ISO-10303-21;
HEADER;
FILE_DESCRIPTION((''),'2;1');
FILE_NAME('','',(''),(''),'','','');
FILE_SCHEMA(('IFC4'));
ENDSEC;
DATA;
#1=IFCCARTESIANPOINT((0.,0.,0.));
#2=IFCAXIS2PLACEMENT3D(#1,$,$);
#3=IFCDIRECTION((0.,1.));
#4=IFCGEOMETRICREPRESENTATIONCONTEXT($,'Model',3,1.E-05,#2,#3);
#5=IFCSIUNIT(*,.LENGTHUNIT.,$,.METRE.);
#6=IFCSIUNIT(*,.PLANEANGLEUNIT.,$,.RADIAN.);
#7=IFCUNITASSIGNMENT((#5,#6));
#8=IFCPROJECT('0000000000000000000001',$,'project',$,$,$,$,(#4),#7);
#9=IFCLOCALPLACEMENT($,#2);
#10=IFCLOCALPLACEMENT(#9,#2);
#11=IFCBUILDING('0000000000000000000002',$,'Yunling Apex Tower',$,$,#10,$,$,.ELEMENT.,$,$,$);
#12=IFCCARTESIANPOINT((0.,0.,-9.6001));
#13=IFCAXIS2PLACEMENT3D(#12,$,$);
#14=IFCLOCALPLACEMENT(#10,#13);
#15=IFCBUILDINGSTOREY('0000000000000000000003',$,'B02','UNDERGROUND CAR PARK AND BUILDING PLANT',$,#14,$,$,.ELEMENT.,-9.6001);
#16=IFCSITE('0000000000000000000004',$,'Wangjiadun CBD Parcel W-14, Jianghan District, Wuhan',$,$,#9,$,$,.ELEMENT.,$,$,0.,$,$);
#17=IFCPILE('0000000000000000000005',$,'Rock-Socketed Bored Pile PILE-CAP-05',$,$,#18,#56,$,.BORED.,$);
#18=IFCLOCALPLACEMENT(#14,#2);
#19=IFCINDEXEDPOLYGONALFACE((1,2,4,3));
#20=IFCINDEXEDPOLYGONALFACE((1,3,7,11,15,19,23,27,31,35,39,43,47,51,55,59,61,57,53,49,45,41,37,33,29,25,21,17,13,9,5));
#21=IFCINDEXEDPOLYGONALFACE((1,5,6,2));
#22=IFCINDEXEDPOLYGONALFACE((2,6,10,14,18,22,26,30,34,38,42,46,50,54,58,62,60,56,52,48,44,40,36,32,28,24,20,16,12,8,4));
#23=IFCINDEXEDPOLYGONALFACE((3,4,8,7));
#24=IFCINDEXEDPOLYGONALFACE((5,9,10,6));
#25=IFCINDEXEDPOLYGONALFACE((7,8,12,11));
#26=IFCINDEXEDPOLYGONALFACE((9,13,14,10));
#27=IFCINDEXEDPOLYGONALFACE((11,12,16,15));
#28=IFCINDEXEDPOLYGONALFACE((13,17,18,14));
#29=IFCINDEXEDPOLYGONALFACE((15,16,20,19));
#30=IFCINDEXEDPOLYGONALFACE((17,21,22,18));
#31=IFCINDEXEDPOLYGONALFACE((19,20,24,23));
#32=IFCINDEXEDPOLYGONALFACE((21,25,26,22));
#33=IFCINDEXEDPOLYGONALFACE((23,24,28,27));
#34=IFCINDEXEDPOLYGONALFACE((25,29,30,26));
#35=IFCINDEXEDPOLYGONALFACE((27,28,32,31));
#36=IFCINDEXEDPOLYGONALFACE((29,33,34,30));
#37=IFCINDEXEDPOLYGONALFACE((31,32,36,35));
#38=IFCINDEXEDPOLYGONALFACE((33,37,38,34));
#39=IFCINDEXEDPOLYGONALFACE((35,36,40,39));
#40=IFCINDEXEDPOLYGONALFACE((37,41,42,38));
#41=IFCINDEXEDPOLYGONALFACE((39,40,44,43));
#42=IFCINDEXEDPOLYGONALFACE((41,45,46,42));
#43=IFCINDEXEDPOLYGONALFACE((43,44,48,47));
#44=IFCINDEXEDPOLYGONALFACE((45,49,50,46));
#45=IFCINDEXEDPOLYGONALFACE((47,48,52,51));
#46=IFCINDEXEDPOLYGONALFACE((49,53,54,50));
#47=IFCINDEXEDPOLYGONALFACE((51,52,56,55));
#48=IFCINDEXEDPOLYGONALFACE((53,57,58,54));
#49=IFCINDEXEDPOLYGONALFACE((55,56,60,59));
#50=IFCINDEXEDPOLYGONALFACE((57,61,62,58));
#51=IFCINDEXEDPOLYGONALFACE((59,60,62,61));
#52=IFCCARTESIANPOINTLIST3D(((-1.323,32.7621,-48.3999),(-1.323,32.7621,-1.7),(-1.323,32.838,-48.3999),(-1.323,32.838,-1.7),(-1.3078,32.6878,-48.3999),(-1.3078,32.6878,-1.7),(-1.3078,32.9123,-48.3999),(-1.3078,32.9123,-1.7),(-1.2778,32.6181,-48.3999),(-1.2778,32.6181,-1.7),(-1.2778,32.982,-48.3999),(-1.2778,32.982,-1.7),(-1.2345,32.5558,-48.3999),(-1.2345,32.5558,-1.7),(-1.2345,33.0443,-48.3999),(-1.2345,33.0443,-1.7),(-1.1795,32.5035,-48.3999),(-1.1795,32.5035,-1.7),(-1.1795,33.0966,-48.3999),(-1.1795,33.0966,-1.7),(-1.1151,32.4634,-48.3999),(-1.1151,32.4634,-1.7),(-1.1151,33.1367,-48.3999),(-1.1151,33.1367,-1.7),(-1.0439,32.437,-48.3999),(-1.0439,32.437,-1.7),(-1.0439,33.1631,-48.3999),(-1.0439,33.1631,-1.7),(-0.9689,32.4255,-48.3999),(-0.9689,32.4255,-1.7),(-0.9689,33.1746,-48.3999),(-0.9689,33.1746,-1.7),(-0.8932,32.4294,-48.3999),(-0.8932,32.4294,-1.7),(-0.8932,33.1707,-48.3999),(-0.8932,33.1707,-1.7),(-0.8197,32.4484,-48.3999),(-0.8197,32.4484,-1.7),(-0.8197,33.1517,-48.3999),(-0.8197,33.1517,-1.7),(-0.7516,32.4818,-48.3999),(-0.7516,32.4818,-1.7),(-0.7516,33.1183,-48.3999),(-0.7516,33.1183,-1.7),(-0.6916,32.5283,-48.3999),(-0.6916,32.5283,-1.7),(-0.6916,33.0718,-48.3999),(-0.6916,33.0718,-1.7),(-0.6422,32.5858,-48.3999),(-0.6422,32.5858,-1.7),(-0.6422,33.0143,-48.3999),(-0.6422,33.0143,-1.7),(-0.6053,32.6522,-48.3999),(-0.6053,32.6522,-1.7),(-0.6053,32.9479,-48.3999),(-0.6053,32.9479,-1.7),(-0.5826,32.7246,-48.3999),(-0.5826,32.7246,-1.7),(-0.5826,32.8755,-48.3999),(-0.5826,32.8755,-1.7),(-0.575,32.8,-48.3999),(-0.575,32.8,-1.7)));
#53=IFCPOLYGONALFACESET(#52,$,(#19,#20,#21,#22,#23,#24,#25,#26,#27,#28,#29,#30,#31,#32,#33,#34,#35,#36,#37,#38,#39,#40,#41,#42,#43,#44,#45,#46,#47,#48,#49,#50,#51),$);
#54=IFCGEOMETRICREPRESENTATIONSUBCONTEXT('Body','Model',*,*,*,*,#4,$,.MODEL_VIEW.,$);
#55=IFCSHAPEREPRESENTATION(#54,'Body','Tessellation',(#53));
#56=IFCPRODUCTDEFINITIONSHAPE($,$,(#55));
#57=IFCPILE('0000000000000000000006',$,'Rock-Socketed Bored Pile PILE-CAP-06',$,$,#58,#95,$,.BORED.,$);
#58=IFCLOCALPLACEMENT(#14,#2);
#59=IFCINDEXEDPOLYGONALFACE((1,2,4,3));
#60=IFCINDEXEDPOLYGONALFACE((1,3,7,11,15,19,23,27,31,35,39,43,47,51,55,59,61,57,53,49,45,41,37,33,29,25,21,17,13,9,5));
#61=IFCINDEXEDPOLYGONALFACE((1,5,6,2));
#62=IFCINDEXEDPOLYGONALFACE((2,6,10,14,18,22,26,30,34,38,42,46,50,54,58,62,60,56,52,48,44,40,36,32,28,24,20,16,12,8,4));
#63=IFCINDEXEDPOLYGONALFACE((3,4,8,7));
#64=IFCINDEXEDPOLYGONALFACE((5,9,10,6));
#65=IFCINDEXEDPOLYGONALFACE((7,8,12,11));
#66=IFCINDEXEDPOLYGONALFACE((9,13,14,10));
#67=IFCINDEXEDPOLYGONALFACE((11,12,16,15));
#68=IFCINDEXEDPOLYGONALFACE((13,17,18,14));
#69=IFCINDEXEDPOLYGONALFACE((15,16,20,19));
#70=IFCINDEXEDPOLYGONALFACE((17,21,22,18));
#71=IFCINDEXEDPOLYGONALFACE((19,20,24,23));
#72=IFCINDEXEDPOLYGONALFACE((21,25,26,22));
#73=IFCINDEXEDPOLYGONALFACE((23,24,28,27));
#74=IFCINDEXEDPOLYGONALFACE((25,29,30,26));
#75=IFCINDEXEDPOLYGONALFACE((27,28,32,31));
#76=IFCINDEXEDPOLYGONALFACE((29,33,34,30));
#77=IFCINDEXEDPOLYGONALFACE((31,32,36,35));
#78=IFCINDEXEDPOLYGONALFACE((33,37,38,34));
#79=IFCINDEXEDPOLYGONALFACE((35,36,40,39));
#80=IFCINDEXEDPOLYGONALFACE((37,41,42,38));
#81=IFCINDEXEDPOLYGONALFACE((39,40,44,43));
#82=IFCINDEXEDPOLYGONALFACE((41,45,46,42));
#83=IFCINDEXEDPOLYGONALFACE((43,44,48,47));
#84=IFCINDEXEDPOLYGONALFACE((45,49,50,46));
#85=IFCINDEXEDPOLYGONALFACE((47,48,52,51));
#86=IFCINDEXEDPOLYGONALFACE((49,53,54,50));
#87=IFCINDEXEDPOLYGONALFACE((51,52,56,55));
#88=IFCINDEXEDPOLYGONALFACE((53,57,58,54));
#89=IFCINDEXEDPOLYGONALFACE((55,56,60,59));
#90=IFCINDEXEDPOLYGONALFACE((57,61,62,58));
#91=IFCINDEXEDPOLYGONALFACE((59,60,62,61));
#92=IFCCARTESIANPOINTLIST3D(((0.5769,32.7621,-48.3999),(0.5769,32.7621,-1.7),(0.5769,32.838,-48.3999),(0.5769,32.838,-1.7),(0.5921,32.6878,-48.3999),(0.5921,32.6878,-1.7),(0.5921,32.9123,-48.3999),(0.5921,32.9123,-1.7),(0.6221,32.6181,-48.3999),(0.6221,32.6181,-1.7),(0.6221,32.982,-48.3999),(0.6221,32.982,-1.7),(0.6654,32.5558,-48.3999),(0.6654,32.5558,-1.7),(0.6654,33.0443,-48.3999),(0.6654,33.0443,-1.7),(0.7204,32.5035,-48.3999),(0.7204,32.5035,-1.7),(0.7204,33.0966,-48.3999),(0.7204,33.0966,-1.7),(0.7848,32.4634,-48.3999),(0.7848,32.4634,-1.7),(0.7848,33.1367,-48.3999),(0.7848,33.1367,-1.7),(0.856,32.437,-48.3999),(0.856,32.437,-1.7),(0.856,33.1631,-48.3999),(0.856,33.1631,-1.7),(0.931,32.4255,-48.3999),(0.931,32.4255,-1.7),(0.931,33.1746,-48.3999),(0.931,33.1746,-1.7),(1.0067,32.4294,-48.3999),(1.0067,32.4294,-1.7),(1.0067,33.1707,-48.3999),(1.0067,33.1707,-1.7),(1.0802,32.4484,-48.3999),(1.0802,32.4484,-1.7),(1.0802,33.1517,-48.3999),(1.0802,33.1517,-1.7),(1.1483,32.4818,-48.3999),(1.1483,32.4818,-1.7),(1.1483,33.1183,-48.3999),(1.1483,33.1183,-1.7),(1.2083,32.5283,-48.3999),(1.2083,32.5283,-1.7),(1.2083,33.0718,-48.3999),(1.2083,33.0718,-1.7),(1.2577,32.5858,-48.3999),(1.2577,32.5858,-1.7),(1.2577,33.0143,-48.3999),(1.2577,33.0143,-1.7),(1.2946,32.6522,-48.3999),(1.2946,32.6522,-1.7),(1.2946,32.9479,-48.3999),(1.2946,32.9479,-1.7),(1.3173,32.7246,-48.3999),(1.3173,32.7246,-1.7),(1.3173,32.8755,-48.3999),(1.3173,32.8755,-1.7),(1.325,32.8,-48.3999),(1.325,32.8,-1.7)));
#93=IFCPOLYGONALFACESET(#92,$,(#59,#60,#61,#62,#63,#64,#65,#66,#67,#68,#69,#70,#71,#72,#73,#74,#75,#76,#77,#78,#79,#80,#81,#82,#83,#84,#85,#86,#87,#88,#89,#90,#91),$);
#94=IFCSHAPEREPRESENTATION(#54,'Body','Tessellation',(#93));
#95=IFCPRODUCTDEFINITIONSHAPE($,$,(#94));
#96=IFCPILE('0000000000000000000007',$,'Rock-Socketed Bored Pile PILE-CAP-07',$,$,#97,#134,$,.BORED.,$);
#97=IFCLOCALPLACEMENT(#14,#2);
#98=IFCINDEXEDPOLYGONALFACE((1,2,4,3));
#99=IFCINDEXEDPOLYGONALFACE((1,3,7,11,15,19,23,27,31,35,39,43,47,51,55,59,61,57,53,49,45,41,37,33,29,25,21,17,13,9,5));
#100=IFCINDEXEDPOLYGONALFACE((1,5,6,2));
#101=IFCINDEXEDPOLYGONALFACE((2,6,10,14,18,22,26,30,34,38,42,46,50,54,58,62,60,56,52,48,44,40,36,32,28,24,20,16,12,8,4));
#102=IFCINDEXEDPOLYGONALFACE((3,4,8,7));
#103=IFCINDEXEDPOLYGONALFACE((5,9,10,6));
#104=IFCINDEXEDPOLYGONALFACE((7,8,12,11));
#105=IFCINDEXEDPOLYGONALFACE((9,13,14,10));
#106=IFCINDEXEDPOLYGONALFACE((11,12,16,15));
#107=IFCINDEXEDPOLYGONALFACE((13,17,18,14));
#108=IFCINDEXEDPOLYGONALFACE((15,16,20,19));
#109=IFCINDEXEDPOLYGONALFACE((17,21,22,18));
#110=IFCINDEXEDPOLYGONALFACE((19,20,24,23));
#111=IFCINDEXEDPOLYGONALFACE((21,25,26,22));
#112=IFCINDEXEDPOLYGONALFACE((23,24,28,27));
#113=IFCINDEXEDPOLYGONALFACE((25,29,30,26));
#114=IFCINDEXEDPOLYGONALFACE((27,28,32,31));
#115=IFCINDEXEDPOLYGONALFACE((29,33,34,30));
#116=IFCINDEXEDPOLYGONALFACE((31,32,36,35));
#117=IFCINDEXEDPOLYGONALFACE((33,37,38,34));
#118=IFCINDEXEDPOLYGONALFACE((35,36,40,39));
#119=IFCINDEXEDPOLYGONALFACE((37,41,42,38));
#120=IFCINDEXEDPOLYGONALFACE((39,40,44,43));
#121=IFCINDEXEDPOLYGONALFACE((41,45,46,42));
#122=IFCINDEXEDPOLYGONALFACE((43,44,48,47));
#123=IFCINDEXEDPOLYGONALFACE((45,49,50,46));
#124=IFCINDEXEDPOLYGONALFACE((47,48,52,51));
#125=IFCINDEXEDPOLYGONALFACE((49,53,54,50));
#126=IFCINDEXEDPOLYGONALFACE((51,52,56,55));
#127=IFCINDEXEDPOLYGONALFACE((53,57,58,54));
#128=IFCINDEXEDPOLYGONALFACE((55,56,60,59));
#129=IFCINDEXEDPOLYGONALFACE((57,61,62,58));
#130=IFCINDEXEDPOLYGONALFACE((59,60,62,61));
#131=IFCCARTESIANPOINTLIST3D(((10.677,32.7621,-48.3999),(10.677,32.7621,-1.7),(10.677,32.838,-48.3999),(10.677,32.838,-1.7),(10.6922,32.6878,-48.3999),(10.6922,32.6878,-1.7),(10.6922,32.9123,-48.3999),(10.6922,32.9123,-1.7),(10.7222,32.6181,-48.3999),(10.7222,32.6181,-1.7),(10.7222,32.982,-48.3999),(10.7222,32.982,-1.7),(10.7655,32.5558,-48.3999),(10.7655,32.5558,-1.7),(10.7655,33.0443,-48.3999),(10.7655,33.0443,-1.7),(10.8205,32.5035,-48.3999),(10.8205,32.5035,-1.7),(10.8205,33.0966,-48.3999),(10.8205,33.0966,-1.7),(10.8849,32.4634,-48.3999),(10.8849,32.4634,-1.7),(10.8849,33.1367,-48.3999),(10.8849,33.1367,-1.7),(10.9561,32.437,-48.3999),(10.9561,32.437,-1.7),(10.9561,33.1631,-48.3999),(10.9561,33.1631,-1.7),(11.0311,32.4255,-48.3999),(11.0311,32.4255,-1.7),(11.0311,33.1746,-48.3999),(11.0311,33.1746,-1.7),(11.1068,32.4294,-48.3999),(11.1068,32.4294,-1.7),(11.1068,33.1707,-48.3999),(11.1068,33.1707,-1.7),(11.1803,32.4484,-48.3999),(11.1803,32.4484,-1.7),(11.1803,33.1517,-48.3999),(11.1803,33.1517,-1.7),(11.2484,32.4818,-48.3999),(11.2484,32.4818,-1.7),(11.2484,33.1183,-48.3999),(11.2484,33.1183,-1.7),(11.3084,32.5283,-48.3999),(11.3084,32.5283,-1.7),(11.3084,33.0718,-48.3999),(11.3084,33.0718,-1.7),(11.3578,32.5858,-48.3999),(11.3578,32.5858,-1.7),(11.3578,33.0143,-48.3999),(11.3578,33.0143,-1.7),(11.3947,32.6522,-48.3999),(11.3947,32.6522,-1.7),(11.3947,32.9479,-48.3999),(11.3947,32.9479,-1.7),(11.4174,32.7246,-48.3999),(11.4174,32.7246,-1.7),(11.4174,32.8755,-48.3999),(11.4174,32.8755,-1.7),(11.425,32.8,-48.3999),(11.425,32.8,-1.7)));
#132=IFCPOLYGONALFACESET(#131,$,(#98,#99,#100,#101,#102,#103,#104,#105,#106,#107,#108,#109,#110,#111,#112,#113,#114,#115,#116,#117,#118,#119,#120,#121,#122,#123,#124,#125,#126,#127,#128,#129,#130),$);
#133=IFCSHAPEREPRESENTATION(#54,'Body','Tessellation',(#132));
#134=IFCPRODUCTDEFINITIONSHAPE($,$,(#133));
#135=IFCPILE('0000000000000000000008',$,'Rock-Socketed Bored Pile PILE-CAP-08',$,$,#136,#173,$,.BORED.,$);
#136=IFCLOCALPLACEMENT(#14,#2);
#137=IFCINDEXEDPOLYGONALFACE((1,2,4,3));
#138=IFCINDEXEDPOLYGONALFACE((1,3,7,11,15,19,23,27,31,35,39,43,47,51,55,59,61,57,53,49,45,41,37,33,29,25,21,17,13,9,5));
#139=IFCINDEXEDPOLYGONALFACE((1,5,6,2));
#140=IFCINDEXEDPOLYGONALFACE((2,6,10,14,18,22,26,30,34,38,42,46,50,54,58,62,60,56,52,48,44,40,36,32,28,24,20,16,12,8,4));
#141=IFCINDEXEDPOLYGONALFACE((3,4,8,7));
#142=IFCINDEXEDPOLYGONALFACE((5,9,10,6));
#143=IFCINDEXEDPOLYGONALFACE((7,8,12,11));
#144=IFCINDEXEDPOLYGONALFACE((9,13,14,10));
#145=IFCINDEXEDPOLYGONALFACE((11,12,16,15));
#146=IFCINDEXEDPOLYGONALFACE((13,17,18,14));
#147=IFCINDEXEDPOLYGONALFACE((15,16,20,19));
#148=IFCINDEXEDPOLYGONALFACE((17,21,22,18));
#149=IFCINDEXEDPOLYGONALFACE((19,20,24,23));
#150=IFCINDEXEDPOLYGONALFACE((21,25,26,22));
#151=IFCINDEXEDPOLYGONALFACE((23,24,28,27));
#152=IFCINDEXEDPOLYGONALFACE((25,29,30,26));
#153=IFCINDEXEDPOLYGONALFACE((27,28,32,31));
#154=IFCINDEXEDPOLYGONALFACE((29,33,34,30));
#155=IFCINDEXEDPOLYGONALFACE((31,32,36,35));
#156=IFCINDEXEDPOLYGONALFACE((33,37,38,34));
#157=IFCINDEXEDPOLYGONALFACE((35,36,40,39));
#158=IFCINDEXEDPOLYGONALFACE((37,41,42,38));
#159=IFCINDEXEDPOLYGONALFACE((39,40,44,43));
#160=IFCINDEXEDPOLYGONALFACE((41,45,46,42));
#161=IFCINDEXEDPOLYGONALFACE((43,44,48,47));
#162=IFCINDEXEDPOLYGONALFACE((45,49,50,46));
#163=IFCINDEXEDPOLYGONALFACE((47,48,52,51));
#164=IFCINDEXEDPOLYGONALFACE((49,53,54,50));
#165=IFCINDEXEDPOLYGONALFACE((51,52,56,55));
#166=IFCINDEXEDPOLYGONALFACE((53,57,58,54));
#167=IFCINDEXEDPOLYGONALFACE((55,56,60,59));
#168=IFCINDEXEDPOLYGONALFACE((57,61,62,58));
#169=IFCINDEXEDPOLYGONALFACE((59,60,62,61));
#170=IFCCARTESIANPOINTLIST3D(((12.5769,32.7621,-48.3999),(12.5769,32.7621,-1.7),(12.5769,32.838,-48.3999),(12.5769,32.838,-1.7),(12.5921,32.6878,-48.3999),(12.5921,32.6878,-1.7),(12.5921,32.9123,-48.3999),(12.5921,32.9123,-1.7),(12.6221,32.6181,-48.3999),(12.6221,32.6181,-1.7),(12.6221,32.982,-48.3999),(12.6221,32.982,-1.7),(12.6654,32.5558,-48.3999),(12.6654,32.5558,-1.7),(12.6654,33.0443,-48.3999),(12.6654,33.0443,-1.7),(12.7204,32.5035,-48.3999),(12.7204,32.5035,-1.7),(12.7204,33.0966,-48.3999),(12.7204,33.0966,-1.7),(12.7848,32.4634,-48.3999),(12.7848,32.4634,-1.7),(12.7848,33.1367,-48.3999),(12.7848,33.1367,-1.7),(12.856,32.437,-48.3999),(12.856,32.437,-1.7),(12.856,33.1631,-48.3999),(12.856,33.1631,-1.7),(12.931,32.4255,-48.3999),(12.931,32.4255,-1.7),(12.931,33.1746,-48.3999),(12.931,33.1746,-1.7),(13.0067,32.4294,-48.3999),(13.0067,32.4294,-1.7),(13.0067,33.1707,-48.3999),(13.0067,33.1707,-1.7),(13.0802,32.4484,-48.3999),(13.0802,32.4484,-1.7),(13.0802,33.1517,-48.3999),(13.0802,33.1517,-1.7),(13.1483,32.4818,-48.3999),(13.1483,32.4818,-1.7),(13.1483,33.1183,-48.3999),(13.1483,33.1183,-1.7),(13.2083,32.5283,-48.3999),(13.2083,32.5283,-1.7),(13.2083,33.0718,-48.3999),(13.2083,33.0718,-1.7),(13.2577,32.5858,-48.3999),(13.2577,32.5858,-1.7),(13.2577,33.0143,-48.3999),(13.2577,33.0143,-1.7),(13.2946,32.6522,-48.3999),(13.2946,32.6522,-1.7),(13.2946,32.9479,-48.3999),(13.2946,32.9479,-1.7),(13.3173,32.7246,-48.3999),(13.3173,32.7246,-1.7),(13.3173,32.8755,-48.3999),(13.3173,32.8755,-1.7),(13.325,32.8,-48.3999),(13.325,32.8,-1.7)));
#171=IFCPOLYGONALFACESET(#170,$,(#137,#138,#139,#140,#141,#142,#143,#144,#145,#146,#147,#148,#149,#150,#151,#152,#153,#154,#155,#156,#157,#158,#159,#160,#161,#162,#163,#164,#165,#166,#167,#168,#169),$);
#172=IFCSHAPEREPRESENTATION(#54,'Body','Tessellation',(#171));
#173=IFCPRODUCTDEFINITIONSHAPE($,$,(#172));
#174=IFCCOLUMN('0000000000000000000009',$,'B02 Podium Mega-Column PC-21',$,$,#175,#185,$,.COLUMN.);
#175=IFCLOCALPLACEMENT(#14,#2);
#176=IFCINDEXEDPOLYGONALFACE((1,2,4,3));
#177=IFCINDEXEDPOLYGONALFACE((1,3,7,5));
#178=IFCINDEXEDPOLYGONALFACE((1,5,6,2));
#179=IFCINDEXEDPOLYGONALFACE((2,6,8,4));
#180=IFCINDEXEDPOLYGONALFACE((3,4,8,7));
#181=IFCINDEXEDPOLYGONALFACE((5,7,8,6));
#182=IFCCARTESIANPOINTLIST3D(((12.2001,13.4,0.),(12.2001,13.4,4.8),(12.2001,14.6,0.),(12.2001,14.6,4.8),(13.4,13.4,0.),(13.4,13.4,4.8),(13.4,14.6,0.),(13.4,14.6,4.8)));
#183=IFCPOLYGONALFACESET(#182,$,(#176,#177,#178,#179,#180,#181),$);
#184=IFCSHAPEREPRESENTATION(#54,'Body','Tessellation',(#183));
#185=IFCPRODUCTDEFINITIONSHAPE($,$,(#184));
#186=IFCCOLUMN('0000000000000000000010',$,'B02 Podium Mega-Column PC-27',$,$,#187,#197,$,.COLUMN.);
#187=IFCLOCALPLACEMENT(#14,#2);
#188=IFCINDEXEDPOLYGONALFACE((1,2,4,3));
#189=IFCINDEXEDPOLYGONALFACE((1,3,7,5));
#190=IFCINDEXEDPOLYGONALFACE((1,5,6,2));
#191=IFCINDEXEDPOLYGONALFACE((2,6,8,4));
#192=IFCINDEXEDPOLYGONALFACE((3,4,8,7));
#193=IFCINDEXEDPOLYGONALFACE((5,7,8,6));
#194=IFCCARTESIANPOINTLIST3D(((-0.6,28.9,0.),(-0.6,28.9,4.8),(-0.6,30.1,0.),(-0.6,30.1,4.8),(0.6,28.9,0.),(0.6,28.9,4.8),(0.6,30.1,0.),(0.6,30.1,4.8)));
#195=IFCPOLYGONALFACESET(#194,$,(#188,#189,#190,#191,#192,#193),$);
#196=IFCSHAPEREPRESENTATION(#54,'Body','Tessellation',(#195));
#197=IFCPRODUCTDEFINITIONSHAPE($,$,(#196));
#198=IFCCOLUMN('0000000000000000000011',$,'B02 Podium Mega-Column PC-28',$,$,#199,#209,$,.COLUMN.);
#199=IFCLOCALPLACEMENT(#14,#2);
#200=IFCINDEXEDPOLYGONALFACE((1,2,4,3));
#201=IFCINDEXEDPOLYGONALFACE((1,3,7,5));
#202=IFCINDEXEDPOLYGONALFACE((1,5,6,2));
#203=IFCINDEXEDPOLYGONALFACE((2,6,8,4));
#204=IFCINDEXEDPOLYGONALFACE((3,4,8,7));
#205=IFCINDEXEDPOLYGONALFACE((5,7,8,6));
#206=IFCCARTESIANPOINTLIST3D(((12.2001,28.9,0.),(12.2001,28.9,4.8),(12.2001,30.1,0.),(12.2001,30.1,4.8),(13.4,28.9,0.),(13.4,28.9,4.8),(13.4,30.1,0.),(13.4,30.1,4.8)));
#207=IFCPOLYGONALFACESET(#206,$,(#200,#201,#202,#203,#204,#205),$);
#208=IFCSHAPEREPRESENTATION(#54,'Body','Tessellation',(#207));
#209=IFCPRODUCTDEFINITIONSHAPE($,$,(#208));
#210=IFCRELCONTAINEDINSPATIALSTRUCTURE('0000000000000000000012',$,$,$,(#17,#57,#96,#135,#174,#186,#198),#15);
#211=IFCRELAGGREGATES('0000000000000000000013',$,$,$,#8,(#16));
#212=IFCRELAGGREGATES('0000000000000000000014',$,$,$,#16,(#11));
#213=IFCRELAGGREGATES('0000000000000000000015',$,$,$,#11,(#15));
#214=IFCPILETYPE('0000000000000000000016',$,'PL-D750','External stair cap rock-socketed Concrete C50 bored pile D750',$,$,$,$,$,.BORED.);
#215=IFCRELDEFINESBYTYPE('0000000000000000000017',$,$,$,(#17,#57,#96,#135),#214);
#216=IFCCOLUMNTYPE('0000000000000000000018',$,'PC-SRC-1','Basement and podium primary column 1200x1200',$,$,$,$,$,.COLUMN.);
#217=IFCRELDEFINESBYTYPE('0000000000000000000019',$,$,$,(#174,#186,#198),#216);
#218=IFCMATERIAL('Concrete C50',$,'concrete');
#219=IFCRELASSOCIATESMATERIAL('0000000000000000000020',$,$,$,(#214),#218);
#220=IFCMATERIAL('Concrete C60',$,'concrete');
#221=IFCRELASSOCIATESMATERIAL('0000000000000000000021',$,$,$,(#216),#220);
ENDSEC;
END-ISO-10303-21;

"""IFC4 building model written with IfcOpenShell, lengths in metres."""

from ifc_helpers import new_model, si_unit, direction, frame, origin, origin_2d, place, context, subcontext, project, spatial, rectangle, circle, extrude, source, transform, mapped, material, material_profile, profile_set, type_object, element, save


model = new_model("IFC4")

# Units and contexts
model_context = context("Model", 3, precision=1e-05, world=origin(), true_north=direction((0.0, 1.0)))
body_context = subcontext(model_context, "Body", "Model", "MODEL_VIEW")
ifc_project = project(units=[si_unit("LENGTHUNIT", "METRE"), si_unit("PLANEANGLEUNIT", "RADIAN")], contexts=[model_context])

# Site, building, storey
site_placement = place(None, origin())
site = spatial("IfcSite", under=ifc_project, at=site_placement, Name="Wangjiadun CBD Parcel W-14, Jianghan District, Wuhan", CompositionType="ELEMENT", RefElevation=0.0)
building_placement = place(site_placement, origin())
building = spatial("IfcBuilding", under=site, at=building_placement, Name="Yunling Apex Tower", CompositionType="ELEMENT")
storey_placement = place(building_placement, frame((0.0, 0.0, -9.6001)))
storey = spatial("IfcBuildingStorey", under=building, at=storey_placement, Name="B02", Description="UNDERGROUND CAR PARK AND BUILDING PLANT", CompositionType="ELEMENT", Elevation=-9.6001)

# Shared definitions
ifc_material_1 = material(Name="Concrete C50", Category="concrete")

# Piles
ifc_material_profile_1 = material_profile(ifc_material_1, circle(Radius=0.375, at=origin_2d()))
ifc_profile_set_1 = profile_set([ifc_material_profile_1], Name="Concrete C50")
pile_type_1 = type_object("IfcPileType", Name="PL-D750", Description="External stair cap rock-socketed Concrete C50 bored pile D750", PredefinedType="BORED", material=ifc_profile_set_1)
shared_shape_1 = source(origin(), body_context, "Body", "SweptSolid", [
    extrude(circle(Radius=0.375, at=origin_2d()), origin(), (0.0, 0.0, 1.0), 46.7),
])
for number, where, z_axis, x_axis, name in (
    (1, (-0.95, 32.8, -1.7), (0.0, 0.0, -1.0), (1.0, 0.0, 0.0), "Rock-Socketed Bored Pile PILE-CAP-05"),
    (2, (0.95, 32.8, -1.7), (0.0, 0.0, -1.0), (1.0, 0.0, 0.0), "Rock-Socketed Bored Pile PILE-CAP-06"),
    (3, (11.05, 32.8, -1.7), (0.0, 0.0, -1.0), (1.0, 0.0, 0.0), "Rock-Socketed Bored Pile PILE-CAP-07"),
    (4, (12.95, 32.8, -1.7), (0.0, 0.0, -1.0), (1.0, 0.0, 0.0), "Rock-Socketed Bored Pile PILE-CAP-08"),
):
    element("IfcPile", number, at=place(storey_placement, frame(where, z_axis=z_axis, x_axis=x_axis)), inside=storey, type_object=pile_type_1, Name=name, PredefinedType="BORED", context=body_context, shape_type="MappedRepresentation", body=[
        mapped(shared_shape_1, transform((0.0, 0.0, 0.0), scale=1.0)),
    ])

# Columns
ifc_material_2 = material(Name="Concrete C60", Category="concrete")
ifc_material_profile_2 = material_profile(ifc_material_2, rectangle(XDim=1.2, YDim=1.2, at=origin_2d()))
ifc_profile_set_2 = profile_set([ifc_material_profile_2], Name="Concrete C60")
column_type = type_object("IfcColumnType", Name="PC-SRC-1", Description="Basement and podium primary column 1200x1200", PredefinedType="COLUMN", material=ifc_profile_set_2)
shared_shape_2 = source(origin(), body_context, "Body", "SweptSolid", [
    extrude(rectangle(XDim=1.2, YDim=1.2, at=origin_2d()), origin(), (0.0, 0.0, 1.0), 4.8),
])
for number, where, z_axis, x_axis, name in (
    (5, (12.8, 14.0, 0.0), (0.0, 0.0, 1.0), (1.0, 0.0, 0.0), "B02 Podium Mega-Column PC-21"),
    (6, (0.0, 29.5, 0.0), (0.0, 0.0, 1.0), (1.0, 0.0, 0.0), "B02 Podium Mega-Column PC-27"),
    (7, (12.8, 29.5, 0.0), (0.0, 0.0, 1.0), (1.0, 0.0, 0.0), "B02 Podium Mega-Column PC-28"),
):
    element("IfcColumn", number, at=place(storey_placement, frame(where, z_axis=z_axis, x_axis=x_axis)), inside=storey, type_object=column_type, Name=name, PredefinedType="COLUMN", context=body_context, shape_type="MappedRepresentation", body=[
        mapped(shared_shape_2, transform((0.0, 0.0, 0.0), scale=1.0)),
    ])

save(model, "model.ifc")
